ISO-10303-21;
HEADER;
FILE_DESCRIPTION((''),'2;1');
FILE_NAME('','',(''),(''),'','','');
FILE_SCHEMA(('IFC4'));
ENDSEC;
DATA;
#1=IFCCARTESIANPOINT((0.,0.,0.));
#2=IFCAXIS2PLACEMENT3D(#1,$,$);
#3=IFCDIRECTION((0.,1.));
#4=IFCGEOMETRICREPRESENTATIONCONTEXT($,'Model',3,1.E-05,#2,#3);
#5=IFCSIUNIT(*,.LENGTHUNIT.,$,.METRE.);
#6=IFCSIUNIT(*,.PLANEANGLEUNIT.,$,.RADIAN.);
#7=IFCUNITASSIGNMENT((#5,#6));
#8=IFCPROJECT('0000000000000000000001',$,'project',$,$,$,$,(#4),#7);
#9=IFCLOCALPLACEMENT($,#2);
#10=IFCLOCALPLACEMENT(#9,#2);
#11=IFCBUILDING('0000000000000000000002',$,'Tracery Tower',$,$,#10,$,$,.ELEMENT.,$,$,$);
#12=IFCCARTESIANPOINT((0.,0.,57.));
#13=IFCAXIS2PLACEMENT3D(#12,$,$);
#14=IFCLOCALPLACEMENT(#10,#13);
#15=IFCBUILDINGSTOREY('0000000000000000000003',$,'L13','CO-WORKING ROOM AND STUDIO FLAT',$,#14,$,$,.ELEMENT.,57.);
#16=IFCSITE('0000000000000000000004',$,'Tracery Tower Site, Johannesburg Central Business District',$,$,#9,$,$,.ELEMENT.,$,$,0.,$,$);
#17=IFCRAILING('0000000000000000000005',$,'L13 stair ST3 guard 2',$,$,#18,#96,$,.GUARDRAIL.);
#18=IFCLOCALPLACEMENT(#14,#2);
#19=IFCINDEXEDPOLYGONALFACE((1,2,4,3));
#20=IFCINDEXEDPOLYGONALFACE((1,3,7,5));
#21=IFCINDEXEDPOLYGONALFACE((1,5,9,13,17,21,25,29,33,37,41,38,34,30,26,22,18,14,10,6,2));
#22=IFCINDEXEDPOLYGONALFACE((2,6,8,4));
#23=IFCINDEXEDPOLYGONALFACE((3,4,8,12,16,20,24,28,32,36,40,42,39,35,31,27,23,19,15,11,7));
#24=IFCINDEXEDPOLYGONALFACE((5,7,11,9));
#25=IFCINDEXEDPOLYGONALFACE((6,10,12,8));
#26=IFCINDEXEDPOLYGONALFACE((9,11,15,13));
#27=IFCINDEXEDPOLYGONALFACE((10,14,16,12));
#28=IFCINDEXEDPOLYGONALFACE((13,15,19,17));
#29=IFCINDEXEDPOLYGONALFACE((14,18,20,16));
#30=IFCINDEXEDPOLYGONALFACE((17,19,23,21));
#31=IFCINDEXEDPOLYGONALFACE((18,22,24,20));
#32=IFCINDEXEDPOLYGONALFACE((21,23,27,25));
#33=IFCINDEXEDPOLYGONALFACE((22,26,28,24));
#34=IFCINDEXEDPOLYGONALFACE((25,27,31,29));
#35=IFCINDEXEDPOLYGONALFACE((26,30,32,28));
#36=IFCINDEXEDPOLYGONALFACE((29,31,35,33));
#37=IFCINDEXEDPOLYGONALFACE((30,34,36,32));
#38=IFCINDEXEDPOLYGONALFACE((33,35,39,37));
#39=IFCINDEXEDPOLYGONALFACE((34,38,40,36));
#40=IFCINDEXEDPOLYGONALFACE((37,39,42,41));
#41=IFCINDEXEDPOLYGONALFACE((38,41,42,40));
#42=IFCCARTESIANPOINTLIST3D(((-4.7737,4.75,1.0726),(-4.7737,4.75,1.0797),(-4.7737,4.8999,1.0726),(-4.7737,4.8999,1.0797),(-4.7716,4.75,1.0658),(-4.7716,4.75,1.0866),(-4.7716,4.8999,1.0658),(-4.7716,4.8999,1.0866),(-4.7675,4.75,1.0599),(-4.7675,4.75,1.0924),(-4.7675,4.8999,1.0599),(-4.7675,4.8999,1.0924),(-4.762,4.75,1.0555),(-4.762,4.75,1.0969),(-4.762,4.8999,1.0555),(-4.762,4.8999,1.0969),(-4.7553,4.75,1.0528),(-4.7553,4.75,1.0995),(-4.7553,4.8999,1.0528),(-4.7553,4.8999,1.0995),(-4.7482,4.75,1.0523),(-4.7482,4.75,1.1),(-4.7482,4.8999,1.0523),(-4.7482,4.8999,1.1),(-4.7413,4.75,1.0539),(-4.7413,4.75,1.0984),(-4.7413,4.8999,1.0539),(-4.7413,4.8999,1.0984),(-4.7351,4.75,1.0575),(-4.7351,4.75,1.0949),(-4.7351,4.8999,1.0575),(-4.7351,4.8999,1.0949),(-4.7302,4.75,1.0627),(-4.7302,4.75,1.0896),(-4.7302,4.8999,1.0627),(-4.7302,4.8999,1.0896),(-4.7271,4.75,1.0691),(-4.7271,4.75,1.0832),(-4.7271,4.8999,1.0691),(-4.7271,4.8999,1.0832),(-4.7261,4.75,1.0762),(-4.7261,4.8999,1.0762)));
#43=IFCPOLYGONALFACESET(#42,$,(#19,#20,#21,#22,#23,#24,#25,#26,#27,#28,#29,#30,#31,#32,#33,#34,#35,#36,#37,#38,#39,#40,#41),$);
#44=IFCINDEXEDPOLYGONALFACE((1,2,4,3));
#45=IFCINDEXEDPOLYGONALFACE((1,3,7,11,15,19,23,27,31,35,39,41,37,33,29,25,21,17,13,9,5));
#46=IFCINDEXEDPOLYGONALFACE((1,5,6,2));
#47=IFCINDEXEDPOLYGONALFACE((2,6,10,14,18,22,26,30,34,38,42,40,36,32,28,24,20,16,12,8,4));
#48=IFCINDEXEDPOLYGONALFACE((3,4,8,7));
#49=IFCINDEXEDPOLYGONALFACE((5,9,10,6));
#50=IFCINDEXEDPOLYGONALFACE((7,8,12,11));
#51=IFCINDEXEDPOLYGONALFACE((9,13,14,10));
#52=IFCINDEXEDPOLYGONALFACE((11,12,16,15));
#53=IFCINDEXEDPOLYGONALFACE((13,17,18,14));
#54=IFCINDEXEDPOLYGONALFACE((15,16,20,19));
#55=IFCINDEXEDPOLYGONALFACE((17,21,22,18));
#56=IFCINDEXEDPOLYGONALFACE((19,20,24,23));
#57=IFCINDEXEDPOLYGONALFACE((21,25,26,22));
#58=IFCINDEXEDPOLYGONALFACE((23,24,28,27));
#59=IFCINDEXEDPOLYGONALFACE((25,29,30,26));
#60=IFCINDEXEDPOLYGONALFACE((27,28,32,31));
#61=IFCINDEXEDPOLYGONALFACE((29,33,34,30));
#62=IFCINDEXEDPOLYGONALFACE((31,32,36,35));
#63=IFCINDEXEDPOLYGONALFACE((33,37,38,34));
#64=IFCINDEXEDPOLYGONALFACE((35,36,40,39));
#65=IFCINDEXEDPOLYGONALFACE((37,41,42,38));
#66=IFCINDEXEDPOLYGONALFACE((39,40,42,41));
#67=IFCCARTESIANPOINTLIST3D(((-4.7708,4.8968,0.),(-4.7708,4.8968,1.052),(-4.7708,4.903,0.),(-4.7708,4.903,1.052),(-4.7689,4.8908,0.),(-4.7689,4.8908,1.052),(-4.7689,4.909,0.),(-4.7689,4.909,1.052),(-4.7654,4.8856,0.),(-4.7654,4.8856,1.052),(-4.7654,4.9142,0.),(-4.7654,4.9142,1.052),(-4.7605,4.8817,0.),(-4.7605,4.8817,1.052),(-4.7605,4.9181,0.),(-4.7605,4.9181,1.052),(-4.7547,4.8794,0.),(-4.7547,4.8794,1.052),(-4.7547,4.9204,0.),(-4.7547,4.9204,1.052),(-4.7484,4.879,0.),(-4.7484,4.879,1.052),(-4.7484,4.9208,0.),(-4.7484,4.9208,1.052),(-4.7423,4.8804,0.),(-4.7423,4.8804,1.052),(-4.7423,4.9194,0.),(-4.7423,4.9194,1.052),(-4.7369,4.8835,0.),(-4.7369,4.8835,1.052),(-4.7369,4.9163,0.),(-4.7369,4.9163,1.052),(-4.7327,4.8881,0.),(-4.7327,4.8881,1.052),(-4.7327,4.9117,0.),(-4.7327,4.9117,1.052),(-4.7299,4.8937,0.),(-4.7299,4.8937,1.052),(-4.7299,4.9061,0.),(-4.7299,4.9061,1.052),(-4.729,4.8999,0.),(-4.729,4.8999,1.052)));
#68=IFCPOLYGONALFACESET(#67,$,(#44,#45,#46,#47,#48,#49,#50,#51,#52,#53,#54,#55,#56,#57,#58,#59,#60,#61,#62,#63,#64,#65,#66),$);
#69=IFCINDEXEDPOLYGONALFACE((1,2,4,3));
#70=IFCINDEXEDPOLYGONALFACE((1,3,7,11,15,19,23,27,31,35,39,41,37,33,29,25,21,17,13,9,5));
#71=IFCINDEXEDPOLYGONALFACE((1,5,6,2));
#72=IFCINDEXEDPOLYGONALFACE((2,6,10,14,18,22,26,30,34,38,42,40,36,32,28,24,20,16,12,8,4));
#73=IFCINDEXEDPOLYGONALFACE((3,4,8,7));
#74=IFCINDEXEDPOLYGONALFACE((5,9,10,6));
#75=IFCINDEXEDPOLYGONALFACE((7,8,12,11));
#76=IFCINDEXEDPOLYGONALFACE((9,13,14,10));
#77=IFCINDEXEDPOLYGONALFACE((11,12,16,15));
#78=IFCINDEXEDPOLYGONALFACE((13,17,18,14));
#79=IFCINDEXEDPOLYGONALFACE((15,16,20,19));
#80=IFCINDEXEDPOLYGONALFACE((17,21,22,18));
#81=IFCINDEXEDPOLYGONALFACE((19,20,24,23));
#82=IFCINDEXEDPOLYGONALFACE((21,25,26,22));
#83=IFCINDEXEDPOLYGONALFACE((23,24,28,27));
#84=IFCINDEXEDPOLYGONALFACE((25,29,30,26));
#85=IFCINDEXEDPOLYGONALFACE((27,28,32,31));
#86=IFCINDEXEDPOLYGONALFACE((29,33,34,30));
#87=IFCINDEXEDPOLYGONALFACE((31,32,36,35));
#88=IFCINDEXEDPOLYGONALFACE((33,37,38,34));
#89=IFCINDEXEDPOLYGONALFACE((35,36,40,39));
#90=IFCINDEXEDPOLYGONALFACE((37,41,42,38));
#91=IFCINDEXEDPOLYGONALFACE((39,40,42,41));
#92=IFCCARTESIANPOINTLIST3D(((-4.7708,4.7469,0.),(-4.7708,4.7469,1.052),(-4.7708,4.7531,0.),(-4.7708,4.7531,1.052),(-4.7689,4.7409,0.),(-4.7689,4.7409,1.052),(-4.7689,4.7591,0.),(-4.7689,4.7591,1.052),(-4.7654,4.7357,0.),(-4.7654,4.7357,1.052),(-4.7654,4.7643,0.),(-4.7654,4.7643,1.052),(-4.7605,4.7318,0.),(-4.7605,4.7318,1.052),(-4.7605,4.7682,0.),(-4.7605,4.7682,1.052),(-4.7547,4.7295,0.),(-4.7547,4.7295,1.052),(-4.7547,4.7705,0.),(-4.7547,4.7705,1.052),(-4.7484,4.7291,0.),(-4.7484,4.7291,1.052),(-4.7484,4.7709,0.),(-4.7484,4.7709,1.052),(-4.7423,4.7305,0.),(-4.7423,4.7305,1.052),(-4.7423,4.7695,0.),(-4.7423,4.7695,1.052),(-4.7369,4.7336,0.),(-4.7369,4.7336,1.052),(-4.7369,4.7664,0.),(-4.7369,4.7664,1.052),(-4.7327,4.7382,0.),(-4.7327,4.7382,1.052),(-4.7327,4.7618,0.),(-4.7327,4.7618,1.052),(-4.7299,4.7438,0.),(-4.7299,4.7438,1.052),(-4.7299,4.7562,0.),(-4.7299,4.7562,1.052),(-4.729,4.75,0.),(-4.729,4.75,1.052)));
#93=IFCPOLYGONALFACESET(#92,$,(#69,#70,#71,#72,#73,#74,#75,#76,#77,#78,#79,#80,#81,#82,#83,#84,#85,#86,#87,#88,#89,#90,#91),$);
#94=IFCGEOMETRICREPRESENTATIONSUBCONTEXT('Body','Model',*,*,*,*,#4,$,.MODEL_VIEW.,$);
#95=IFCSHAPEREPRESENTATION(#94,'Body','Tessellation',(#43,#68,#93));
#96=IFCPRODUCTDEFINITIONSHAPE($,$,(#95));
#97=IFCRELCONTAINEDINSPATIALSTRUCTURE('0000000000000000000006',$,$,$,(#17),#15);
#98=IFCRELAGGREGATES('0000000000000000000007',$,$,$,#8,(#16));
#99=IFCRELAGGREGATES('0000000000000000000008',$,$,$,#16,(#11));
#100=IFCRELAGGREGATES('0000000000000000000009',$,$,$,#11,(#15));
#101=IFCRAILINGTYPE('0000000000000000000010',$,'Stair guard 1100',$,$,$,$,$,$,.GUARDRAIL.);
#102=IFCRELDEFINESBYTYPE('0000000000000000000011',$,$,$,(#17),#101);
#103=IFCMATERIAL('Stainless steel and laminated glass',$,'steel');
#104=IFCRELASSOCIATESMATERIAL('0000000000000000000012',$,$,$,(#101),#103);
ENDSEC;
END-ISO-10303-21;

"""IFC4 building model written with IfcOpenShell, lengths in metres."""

from ifc_helpers import new_model, si_unit, direction, frame, origin, origin_2d, place, context, subcontext, project, spatial, circle, extrude, material, type_object, element, save


model = new_model("IFC4")

# Units and contexts
model_context = context("Model", 3, precision=1e-05, world=origin(), true_north=direction((0.0, 1.0)))
body_context = subcontext(model_context, "Body", "Model", "MODEL_VIEW")
ifc_project = project(units=[si_unit("LENGTHUNIT", "METRE"), si_unit("PLANEANGLEUNIT", "RADIAN")], contexts=[model_context])

# Site, building, storey
site_placement = place(None, origin())
site = spatial("IfcSite", under=ifc_project, at=site_placement, Name="Tracery Tower Site, Johannesburg Central Business District", CompositionType="ELEMENT", RefElevation=0.0)
building_placement = place(site_placement, origin())
building = spatial("IfcBuilding", under=site, at=building_placement, Name="Tracery Tower", CompositionType="ELEMENT")
storey_placement = place(building_placement, frame((0.0, 0.0, 57.0)))
storey = spatial("IfcBuildingStorey", under=building, at=storey_placement, Name="L13", Description="CO-WORKING ROOM AND STUDIO FLAT", CompositionType="ELEMENT", Elevation=57.0)

# Railing
ifc_material_1 = material(Name="Stainless steel and laminated glass", Category="steel")
railing_type_1 = type_object("IfcRailingType", Name="Stair guard 1100", PredefinedType="GUARDRAIL", material=ifc_material_1)
railing_1_placement = place(storey_placement, frame((-4.75, 4.8999, 0.0)))
element("IfcRailing", 1, at=railing_1_placement, inside=storey, type_object=railing_type_1, Name="L13 stair ST3 guard 2", PredefinedType="GUARDRAIL", context=body_context, shape_type="SweptSolid", body=[
    extrude(circle(Radius=0.0239, at=origin_2d()), frame((0.0, 0.0, 1.0762), z_axis=(0.0, -1.0, 0.0), x_axis=(1.0, 0.0, 0.0)), (0.0, 0.0, 1.0), 0.1499),
    extrude(circle(Radius=0.021, at=origin_2d()), origin(), (0.0, 0.0, 1.0), 1.052),
    extrude(circle(Radius=0.021, at=origin_2d()), frame((0.0, -0.1499, 0.0)), (0.0, 0.0, 1.0), 1.052),
])

save(model, "model.ifc")
